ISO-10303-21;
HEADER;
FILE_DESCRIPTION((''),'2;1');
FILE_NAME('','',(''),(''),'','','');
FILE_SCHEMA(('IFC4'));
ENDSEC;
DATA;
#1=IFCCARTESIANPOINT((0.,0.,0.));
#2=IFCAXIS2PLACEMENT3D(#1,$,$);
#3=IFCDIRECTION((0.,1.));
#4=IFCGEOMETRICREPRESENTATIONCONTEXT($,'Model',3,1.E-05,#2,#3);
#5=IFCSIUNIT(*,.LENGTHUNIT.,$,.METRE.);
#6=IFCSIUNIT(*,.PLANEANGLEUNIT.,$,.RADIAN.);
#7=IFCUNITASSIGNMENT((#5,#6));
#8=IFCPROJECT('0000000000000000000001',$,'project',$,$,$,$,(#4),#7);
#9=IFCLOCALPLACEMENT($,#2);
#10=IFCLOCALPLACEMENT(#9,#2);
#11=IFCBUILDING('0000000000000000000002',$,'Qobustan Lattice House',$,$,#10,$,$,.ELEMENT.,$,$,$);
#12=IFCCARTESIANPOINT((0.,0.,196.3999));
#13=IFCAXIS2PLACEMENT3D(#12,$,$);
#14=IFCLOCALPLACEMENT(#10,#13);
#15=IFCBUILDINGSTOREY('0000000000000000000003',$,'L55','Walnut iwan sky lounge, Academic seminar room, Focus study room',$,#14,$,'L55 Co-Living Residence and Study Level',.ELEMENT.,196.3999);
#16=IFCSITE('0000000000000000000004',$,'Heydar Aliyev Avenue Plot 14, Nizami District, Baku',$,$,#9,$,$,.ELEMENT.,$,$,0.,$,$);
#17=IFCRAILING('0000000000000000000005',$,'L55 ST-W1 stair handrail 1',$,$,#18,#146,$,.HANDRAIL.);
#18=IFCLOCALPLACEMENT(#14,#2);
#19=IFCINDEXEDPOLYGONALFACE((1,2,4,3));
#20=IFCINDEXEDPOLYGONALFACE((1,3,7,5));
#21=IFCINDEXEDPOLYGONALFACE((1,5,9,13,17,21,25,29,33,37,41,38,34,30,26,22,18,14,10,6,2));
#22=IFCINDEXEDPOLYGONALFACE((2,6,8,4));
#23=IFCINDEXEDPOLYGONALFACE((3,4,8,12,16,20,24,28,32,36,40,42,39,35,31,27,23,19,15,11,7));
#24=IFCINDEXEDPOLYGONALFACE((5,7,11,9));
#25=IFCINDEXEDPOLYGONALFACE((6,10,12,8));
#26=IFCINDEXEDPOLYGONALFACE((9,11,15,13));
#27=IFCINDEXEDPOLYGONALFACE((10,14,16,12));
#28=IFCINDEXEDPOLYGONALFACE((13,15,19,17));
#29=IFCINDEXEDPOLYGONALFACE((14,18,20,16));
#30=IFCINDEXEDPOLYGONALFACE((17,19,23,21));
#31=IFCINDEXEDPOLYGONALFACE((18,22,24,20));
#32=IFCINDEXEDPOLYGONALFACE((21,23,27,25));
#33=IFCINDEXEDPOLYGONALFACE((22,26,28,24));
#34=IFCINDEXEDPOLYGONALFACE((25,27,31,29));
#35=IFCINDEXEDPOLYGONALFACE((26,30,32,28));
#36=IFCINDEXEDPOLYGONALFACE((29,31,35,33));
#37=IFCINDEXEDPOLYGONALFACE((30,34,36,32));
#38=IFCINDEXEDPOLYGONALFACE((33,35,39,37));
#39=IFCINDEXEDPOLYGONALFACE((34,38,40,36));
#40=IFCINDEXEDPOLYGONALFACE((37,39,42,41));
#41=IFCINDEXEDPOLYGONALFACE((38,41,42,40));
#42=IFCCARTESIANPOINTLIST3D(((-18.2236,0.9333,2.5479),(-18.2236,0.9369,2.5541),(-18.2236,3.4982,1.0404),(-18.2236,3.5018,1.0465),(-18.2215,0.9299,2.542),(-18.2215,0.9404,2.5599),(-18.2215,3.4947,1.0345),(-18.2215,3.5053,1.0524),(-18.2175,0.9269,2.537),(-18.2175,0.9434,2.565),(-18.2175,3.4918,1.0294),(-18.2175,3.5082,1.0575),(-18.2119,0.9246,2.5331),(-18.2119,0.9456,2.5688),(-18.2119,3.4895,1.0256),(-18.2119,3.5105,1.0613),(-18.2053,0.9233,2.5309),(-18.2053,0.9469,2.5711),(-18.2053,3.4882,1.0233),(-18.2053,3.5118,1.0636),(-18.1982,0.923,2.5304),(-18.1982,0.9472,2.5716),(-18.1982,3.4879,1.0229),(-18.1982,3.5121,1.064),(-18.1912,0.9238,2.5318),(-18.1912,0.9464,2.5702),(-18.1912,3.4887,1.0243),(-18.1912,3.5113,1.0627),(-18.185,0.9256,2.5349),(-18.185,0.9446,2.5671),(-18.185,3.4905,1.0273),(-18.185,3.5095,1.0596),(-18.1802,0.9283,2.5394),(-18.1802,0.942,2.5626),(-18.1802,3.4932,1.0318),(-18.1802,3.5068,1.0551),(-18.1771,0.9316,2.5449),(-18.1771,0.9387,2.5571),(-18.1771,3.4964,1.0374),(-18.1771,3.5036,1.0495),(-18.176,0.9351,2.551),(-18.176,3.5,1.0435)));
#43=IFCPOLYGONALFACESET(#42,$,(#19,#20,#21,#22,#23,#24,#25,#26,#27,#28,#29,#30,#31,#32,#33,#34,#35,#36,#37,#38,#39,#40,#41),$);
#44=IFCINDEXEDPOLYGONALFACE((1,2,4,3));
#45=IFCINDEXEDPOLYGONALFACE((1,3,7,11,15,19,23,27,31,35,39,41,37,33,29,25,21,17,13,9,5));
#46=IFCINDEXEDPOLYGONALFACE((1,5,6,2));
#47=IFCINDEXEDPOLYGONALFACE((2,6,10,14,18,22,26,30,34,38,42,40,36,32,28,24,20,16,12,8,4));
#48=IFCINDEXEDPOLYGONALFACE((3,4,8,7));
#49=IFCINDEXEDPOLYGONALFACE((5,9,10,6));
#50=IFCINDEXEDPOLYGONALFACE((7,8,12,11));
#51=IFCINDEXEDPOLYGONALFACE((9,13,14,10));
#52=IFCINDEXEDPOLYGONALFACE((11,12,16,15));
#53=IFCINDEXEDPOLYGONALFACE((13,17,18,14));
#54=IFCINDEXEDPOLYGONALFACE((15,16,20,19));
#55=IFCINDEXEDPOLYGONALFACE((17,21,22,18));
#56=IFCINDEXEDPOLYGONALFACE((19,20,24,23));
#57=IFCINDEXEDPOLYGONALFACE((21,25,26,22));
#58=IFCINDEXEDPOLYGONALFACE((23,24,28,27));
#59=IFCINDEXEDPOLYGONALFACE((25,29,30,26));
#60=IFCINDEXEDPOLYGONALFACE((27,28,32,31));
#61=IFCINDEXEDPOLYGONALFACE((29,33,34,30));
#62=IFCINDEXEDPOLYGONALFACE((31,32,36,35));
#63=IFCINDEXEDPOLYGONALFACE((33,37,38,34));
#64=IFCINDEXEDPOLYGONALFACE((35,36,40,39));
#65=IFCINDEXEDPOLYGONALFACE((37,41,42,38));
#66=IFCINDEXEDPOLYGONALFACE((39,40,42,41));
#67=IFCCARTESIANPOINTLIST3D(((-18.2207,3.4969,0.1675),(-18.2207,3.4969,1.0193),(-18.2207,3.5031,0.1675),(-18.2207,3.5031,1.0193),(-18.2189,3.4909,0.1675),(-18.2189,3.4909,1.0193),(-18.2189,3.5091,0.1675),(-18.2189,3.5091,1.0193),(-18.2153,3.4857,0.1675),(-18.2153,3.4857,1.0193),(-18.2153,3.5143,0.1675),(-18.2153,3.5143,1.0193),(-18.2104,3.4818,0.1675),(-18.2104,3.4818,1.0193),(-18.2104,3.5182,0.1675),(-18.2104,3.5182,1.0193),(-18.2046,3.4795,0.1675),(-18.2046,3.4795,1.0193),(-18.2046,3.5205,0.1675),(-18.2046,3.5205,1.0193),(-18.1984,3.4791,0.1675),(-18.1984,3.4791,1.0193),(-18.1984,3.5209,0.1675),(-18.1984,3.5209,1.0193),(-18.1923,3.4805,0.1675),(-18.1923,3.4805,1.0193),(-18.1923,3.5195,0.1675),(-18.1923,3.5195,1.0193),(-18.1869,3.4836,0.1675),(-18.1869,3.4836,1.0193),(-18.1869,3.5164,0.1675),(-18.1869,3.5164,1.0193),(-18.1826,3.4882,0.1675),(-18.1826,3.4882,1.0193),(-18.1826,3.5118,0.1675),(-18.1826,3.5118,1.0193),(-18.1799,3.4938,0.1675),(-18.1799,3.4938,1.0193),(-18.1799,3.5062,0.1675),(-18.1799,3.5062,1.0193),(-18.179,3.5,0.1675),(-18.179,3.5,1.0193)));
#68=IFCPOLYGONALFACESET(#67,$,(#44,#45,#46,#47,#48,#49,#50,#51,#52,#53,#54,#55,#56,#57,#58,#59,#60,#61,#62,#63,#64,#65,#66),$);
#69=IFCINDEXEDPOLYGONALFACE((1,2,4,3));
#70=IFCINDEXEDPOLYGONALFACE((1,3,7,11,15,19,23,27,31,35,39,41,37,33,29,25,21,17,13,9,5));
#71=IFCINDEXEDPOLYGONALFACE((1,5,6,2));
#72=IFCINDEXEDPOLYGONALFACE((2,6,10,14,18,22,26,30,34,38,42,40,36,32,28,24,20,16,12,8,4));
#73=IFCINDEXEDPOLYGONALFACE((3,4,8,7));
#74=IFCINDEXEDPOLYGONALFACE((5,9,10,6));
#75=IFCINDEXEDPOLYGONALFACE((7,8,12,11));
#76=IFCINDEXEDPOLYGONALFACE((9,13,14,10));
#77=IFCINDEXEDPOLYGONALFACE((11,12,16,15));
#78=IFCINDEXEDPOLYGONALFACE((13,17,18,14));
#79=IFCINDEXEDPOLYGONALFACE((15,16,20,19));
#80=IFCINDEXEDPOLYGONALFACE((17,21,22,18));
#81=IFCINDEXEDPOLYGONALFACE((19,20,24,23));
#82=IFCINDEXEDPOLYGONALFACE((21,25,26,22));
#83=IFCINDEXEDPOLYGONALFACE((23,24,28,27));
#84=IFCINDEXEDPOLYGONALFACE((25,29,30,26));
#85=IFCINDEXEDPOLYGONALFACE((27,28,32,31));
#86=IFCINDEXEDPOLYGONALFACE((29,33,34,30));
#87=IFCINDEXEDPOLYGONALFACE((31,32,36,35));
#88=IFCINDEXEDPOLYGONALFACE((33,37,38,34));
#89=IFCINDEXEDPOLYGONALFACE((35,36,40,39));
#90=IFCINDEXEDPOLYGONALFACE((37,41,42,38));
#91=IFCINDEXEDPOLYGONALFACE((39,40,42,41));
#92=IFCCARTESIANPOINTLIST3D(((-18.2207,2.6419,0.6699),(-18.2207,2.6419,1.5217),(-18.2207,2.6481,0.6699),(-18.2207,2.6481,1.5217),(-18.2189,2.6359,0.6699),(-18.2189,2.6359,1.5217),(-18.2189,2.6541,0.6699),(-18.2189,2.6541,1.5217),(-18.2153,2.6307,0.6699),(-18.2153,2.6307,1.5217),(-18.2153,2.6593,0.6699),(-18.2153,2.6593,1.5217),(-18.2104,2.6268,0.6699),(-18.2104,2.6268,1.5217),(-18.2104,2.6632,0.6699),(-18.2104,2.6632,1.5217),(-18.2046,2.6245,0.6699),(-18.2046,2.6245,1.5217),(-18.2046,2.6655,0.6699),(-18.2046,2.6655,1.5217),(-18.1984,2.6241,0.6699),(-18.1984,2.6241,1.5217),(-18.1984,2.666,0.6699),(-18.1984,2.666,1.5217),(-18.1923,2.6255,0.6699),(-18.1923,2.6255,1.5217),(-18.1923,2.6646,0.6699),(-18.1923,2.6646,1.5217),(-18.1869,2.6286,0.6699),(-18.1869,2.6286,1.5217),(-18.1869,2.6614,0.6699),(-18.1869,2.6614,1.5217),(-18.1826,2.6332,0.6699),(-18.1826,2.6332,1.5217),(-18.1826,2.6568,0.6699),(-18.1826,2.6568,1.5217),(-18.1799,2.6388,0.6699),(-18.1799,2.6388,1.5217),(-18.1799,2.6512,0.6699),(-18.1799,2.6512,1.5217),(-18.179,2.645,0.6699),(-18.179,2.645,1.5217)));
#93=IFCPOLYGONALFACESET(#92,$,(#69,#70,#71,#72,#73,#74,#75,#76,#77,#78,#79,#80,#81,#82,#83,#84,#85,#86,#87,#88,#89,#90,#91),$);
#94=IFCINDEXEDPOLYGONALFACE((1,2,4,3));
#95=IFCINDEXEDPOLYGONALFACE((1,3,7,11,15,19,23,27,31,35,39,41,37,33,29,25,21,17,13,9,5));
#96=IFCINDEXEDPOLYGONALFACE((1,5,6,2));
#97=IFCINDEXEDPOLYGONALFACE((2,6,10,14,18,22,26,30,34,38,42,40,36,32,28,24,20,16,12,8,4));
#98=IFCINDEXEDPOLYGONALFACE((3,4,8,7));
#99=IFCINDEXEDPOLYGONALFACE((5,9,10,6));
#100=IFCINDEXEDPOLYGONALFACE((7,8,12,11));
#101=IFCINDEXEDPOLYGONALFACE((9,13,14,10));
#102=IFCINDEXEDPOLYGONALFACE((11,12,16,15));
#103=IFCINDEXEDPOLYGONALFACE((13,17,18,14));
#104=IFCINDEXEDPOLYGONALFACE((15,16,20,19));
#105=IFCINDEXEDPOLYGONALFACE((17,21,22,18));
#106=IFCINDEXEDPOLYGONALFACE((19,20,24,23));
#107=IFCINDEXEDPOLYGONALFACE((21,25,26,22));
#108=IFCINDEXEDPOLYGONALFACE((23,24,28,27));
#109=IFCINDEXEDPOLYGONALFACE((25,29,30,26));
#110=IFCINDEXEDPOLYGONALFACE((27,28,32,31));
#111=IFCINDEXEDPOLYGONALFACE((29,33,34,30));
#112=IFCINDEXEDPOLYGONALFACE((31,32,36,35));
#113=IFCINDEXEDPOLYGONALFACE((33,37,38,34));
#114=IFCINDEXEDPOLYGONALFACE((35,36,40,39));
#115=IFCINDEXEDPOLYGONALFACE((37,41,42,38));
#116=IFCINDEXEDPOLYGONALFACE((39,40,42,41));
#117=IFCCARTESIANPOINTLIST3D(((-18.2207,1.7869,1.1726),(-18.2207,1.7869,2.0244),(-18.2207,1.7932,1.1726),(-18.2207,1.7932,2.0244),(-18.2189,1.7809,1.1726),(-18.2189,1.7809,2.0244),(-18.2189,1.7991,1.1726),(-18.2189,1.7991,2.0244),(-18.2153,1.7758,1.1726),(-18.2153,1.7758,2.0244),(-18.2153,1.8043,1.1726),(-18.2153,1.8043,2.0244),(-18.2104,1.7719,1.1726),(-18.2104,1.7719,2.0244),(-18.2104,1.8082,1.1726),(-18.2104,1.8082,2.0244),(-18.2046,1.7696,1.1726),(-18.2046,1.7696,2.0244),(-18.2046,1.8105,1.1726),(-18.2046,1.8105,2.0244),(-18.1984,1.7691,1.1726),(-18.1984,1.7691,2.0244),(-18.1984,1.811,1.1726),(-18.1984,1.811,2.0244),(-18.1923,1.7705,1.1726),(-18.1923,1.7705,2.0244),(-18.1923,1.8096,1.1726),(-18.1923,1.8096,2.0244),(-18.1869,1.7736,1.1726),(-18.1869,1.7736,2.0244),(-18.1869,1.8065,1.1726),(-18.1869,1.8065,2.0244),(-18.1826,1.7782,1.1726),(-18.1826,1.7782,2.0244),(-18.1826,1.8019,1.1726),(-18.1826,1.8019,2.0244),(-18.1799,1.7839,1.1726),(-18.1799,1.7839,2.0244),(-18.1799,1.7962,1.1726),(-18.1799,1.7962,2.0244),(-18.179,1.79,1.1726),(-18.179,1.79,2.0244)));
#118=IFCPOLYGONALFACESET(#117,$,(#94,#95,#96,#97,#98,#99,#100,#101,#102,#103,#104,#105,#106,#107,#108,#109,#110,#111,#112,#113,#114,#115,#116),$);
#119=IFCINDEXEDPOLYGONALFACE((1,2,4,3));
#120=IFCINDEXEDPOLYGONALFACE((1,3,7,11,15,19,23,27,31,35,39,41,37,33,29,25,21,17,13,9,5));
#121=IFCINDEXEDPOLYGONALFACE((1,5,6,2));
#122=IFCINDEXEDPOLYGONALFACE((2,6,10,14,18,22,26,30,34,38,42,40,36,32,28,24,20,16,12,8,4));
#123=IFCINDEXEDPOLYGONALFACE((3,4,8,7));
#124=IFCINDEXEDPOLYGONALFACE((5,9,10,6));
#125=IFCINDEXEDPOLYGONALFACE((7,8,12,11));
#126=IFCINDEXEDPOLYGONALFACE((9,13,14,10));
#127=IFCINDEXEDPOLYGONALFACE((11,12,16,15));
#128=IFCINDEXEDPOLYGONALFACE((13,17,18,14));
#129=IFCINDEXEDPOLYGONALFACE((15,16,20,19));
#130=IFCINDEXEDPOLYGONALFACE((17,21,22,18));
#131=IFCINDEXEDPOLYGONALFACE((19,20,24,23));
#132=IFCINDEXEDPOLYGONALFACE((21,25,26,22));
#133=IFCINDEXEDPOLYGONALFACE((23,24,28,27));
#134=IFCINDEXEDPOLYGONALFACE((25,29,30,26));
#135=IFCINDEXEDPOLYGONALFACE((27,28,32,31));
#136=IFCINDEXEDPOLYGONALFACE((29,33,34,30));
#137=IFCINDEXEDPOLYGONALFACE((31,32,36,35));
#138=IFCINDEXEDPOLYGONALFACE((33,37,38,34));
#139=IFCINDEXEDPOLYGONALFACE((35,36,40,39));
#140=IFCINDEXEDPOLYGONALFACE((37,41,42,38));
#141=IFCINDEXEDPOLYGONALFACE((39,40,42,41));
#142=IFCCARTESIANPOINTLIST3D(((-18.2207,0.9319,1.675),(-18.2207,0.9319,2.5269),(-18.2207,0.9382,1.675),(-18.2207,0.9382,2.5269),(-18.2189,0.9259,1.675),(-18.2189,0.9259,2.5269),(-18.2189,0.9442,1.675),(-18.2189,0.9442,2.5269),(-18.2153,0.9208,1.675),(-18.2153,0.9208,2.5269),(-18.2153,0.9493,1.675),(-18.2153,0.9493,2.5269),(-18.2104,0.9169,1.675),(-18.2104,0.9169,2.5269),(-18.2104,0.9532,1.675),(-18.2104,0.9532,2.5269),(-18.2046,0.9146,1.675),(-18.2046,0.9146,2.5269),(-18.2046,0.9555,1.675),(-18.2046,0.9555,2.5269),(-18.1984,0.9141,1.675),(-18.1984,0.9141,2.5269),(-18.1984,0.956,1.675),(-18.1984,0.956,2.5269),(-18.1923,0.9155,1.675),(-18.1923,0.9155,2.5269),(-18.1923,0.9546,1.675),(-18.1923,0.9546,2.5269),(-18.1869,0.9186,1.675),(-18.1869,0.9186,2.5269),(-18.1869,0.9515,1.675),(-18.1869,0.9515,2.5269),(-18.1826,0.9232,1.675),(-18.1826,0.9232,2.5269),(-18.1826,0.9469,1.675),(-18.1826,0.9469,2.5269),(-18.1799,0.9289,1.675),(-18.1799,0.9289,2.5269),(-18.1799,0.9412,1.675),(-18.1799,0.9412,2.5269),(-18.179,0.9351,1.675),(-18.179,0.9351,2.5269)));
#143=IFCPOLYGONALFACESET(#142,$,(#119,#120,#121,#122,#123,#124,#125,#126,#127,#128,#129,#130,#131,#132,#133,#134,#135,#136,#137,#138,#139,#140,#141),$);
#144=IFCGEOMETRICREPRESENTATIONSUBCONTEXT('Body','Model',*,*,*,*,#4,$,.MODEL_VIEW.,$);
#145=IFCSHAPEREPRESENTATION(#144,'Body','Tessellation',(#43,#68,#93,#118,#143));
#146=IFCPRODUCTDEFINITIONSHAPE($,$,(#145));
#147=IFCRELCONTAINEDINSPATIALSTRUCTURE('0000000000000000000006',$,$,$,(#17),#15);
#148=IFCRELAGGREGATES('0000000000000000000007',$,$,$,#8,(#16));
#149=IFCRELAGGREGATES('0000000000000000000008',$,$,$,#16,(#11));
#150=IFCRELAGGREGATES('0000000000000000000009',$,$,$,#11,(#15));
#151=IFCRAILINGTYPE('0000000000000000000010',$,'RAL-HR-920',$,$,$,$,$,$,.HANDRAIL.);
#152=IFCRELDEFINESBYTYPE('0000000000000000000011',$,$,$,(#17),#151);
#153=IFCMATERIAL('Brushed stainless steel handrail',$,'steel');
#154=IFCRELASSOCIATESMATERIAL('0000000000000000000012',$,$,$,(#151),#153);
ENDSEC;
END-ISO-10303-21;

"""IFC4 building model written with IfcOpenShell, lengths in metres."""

from ifc_helpers import new_model, si_unit, direction, frame, origin, origin_2d, place, context, subcontext, project, spatial, circle, extrude, material, type_object, element, save


model = new_model("IFC4")

# Units and contexts
model_context = context("Model", 3, precision=1e-05, world=origin(), true_north=direction((0.0, 1.0)))
body_context = subcontext(model_context, "Body", "Model", "MODEL_VIEW")
ifc_project = project(units=[si_unit("LENGTHUNIT", "METRE"), si_unit("PLANEANGLEUNIT", "RADIAN")], contexts=[model_context])

# Site, building, storey
site_placement = place(None, origin())
site = spatial("IfcSite", under=ifc_project, at=site_placement, Name="Heydar Aliyev Avenue Plot 14, Nizami District, Baku", CompositionType="ELEMENT", RefElevation=0.0)
building_placement = place(site_placement, origin())
building = spatial("IfcBuilding", under=site, at=building_placement, Name="Qobustan Lattice House", CompositionType="ELEMENT")
storey_placement = place(building_placement, frame((0.0, 0.0, 196.3999)))
storey = spatial("IfcBuildingStorey", under=building, at=storey_placement, Name="L55", Description="Walnut iwan sky lounge, Academic seminar room, Focus study room", LongName="L55 Co-Living Residence and Study Level", CompositionType="ELEMENT", Elevation=196.3999)

# Railing
ifc_material_1 = material(Name="Brushed stainless steel handrail", Category="steel")
railing_type_1 = type_object("IfcRailingType", Name="RAL-HR-920", PredefinedType="HANDRAIL", material=ifc_material_1)
railing_1_placement = place(storey_placement, frame((-18.2, 3.5, 0.1675)))
element("IfcRailing", 1, at=railing_1_placement, inside=storey, type_object=railing_type_1, Name="L55 ST-W1 stair handrail 1", PredefinedType="HANDRAIL", context=body_context, shape_type="SweptSolid", body=[
    extrude(circle(Radius=0.0239, at=origin_2d()), frame((0.0, 0.0, 0.876), z_axis=(0.0, -0.862113, 0.506715), x_axis=(1.0, 0.0, 0.0)), (0.0, 0.0, 1.0), 2.9751),
    extrude(circle(Radius=0.021, at=origin_2d()), origin(), (0.0, 0.0, 1.0), 0.8518),
    extrude(circle(Radius=0.021, at=origin_2d()), frame((0.0, -0.855, 0.5024)), (0.0, 0.0, 1.0), 0.8518),
    extrude(circle(Radius=0.021, at=origin_2d()), frame((0.0, -1.71, 1.0051)), (0.0, 0.0, 1.0), 0.8518),
    extrude(circle(Radius=0.021, at=origin_2d()), frame((0.0, -2.5649, 1.5076)), (0.0, 0.0, 1.0), 0.8518),
])

save(model, "model.ifc")
